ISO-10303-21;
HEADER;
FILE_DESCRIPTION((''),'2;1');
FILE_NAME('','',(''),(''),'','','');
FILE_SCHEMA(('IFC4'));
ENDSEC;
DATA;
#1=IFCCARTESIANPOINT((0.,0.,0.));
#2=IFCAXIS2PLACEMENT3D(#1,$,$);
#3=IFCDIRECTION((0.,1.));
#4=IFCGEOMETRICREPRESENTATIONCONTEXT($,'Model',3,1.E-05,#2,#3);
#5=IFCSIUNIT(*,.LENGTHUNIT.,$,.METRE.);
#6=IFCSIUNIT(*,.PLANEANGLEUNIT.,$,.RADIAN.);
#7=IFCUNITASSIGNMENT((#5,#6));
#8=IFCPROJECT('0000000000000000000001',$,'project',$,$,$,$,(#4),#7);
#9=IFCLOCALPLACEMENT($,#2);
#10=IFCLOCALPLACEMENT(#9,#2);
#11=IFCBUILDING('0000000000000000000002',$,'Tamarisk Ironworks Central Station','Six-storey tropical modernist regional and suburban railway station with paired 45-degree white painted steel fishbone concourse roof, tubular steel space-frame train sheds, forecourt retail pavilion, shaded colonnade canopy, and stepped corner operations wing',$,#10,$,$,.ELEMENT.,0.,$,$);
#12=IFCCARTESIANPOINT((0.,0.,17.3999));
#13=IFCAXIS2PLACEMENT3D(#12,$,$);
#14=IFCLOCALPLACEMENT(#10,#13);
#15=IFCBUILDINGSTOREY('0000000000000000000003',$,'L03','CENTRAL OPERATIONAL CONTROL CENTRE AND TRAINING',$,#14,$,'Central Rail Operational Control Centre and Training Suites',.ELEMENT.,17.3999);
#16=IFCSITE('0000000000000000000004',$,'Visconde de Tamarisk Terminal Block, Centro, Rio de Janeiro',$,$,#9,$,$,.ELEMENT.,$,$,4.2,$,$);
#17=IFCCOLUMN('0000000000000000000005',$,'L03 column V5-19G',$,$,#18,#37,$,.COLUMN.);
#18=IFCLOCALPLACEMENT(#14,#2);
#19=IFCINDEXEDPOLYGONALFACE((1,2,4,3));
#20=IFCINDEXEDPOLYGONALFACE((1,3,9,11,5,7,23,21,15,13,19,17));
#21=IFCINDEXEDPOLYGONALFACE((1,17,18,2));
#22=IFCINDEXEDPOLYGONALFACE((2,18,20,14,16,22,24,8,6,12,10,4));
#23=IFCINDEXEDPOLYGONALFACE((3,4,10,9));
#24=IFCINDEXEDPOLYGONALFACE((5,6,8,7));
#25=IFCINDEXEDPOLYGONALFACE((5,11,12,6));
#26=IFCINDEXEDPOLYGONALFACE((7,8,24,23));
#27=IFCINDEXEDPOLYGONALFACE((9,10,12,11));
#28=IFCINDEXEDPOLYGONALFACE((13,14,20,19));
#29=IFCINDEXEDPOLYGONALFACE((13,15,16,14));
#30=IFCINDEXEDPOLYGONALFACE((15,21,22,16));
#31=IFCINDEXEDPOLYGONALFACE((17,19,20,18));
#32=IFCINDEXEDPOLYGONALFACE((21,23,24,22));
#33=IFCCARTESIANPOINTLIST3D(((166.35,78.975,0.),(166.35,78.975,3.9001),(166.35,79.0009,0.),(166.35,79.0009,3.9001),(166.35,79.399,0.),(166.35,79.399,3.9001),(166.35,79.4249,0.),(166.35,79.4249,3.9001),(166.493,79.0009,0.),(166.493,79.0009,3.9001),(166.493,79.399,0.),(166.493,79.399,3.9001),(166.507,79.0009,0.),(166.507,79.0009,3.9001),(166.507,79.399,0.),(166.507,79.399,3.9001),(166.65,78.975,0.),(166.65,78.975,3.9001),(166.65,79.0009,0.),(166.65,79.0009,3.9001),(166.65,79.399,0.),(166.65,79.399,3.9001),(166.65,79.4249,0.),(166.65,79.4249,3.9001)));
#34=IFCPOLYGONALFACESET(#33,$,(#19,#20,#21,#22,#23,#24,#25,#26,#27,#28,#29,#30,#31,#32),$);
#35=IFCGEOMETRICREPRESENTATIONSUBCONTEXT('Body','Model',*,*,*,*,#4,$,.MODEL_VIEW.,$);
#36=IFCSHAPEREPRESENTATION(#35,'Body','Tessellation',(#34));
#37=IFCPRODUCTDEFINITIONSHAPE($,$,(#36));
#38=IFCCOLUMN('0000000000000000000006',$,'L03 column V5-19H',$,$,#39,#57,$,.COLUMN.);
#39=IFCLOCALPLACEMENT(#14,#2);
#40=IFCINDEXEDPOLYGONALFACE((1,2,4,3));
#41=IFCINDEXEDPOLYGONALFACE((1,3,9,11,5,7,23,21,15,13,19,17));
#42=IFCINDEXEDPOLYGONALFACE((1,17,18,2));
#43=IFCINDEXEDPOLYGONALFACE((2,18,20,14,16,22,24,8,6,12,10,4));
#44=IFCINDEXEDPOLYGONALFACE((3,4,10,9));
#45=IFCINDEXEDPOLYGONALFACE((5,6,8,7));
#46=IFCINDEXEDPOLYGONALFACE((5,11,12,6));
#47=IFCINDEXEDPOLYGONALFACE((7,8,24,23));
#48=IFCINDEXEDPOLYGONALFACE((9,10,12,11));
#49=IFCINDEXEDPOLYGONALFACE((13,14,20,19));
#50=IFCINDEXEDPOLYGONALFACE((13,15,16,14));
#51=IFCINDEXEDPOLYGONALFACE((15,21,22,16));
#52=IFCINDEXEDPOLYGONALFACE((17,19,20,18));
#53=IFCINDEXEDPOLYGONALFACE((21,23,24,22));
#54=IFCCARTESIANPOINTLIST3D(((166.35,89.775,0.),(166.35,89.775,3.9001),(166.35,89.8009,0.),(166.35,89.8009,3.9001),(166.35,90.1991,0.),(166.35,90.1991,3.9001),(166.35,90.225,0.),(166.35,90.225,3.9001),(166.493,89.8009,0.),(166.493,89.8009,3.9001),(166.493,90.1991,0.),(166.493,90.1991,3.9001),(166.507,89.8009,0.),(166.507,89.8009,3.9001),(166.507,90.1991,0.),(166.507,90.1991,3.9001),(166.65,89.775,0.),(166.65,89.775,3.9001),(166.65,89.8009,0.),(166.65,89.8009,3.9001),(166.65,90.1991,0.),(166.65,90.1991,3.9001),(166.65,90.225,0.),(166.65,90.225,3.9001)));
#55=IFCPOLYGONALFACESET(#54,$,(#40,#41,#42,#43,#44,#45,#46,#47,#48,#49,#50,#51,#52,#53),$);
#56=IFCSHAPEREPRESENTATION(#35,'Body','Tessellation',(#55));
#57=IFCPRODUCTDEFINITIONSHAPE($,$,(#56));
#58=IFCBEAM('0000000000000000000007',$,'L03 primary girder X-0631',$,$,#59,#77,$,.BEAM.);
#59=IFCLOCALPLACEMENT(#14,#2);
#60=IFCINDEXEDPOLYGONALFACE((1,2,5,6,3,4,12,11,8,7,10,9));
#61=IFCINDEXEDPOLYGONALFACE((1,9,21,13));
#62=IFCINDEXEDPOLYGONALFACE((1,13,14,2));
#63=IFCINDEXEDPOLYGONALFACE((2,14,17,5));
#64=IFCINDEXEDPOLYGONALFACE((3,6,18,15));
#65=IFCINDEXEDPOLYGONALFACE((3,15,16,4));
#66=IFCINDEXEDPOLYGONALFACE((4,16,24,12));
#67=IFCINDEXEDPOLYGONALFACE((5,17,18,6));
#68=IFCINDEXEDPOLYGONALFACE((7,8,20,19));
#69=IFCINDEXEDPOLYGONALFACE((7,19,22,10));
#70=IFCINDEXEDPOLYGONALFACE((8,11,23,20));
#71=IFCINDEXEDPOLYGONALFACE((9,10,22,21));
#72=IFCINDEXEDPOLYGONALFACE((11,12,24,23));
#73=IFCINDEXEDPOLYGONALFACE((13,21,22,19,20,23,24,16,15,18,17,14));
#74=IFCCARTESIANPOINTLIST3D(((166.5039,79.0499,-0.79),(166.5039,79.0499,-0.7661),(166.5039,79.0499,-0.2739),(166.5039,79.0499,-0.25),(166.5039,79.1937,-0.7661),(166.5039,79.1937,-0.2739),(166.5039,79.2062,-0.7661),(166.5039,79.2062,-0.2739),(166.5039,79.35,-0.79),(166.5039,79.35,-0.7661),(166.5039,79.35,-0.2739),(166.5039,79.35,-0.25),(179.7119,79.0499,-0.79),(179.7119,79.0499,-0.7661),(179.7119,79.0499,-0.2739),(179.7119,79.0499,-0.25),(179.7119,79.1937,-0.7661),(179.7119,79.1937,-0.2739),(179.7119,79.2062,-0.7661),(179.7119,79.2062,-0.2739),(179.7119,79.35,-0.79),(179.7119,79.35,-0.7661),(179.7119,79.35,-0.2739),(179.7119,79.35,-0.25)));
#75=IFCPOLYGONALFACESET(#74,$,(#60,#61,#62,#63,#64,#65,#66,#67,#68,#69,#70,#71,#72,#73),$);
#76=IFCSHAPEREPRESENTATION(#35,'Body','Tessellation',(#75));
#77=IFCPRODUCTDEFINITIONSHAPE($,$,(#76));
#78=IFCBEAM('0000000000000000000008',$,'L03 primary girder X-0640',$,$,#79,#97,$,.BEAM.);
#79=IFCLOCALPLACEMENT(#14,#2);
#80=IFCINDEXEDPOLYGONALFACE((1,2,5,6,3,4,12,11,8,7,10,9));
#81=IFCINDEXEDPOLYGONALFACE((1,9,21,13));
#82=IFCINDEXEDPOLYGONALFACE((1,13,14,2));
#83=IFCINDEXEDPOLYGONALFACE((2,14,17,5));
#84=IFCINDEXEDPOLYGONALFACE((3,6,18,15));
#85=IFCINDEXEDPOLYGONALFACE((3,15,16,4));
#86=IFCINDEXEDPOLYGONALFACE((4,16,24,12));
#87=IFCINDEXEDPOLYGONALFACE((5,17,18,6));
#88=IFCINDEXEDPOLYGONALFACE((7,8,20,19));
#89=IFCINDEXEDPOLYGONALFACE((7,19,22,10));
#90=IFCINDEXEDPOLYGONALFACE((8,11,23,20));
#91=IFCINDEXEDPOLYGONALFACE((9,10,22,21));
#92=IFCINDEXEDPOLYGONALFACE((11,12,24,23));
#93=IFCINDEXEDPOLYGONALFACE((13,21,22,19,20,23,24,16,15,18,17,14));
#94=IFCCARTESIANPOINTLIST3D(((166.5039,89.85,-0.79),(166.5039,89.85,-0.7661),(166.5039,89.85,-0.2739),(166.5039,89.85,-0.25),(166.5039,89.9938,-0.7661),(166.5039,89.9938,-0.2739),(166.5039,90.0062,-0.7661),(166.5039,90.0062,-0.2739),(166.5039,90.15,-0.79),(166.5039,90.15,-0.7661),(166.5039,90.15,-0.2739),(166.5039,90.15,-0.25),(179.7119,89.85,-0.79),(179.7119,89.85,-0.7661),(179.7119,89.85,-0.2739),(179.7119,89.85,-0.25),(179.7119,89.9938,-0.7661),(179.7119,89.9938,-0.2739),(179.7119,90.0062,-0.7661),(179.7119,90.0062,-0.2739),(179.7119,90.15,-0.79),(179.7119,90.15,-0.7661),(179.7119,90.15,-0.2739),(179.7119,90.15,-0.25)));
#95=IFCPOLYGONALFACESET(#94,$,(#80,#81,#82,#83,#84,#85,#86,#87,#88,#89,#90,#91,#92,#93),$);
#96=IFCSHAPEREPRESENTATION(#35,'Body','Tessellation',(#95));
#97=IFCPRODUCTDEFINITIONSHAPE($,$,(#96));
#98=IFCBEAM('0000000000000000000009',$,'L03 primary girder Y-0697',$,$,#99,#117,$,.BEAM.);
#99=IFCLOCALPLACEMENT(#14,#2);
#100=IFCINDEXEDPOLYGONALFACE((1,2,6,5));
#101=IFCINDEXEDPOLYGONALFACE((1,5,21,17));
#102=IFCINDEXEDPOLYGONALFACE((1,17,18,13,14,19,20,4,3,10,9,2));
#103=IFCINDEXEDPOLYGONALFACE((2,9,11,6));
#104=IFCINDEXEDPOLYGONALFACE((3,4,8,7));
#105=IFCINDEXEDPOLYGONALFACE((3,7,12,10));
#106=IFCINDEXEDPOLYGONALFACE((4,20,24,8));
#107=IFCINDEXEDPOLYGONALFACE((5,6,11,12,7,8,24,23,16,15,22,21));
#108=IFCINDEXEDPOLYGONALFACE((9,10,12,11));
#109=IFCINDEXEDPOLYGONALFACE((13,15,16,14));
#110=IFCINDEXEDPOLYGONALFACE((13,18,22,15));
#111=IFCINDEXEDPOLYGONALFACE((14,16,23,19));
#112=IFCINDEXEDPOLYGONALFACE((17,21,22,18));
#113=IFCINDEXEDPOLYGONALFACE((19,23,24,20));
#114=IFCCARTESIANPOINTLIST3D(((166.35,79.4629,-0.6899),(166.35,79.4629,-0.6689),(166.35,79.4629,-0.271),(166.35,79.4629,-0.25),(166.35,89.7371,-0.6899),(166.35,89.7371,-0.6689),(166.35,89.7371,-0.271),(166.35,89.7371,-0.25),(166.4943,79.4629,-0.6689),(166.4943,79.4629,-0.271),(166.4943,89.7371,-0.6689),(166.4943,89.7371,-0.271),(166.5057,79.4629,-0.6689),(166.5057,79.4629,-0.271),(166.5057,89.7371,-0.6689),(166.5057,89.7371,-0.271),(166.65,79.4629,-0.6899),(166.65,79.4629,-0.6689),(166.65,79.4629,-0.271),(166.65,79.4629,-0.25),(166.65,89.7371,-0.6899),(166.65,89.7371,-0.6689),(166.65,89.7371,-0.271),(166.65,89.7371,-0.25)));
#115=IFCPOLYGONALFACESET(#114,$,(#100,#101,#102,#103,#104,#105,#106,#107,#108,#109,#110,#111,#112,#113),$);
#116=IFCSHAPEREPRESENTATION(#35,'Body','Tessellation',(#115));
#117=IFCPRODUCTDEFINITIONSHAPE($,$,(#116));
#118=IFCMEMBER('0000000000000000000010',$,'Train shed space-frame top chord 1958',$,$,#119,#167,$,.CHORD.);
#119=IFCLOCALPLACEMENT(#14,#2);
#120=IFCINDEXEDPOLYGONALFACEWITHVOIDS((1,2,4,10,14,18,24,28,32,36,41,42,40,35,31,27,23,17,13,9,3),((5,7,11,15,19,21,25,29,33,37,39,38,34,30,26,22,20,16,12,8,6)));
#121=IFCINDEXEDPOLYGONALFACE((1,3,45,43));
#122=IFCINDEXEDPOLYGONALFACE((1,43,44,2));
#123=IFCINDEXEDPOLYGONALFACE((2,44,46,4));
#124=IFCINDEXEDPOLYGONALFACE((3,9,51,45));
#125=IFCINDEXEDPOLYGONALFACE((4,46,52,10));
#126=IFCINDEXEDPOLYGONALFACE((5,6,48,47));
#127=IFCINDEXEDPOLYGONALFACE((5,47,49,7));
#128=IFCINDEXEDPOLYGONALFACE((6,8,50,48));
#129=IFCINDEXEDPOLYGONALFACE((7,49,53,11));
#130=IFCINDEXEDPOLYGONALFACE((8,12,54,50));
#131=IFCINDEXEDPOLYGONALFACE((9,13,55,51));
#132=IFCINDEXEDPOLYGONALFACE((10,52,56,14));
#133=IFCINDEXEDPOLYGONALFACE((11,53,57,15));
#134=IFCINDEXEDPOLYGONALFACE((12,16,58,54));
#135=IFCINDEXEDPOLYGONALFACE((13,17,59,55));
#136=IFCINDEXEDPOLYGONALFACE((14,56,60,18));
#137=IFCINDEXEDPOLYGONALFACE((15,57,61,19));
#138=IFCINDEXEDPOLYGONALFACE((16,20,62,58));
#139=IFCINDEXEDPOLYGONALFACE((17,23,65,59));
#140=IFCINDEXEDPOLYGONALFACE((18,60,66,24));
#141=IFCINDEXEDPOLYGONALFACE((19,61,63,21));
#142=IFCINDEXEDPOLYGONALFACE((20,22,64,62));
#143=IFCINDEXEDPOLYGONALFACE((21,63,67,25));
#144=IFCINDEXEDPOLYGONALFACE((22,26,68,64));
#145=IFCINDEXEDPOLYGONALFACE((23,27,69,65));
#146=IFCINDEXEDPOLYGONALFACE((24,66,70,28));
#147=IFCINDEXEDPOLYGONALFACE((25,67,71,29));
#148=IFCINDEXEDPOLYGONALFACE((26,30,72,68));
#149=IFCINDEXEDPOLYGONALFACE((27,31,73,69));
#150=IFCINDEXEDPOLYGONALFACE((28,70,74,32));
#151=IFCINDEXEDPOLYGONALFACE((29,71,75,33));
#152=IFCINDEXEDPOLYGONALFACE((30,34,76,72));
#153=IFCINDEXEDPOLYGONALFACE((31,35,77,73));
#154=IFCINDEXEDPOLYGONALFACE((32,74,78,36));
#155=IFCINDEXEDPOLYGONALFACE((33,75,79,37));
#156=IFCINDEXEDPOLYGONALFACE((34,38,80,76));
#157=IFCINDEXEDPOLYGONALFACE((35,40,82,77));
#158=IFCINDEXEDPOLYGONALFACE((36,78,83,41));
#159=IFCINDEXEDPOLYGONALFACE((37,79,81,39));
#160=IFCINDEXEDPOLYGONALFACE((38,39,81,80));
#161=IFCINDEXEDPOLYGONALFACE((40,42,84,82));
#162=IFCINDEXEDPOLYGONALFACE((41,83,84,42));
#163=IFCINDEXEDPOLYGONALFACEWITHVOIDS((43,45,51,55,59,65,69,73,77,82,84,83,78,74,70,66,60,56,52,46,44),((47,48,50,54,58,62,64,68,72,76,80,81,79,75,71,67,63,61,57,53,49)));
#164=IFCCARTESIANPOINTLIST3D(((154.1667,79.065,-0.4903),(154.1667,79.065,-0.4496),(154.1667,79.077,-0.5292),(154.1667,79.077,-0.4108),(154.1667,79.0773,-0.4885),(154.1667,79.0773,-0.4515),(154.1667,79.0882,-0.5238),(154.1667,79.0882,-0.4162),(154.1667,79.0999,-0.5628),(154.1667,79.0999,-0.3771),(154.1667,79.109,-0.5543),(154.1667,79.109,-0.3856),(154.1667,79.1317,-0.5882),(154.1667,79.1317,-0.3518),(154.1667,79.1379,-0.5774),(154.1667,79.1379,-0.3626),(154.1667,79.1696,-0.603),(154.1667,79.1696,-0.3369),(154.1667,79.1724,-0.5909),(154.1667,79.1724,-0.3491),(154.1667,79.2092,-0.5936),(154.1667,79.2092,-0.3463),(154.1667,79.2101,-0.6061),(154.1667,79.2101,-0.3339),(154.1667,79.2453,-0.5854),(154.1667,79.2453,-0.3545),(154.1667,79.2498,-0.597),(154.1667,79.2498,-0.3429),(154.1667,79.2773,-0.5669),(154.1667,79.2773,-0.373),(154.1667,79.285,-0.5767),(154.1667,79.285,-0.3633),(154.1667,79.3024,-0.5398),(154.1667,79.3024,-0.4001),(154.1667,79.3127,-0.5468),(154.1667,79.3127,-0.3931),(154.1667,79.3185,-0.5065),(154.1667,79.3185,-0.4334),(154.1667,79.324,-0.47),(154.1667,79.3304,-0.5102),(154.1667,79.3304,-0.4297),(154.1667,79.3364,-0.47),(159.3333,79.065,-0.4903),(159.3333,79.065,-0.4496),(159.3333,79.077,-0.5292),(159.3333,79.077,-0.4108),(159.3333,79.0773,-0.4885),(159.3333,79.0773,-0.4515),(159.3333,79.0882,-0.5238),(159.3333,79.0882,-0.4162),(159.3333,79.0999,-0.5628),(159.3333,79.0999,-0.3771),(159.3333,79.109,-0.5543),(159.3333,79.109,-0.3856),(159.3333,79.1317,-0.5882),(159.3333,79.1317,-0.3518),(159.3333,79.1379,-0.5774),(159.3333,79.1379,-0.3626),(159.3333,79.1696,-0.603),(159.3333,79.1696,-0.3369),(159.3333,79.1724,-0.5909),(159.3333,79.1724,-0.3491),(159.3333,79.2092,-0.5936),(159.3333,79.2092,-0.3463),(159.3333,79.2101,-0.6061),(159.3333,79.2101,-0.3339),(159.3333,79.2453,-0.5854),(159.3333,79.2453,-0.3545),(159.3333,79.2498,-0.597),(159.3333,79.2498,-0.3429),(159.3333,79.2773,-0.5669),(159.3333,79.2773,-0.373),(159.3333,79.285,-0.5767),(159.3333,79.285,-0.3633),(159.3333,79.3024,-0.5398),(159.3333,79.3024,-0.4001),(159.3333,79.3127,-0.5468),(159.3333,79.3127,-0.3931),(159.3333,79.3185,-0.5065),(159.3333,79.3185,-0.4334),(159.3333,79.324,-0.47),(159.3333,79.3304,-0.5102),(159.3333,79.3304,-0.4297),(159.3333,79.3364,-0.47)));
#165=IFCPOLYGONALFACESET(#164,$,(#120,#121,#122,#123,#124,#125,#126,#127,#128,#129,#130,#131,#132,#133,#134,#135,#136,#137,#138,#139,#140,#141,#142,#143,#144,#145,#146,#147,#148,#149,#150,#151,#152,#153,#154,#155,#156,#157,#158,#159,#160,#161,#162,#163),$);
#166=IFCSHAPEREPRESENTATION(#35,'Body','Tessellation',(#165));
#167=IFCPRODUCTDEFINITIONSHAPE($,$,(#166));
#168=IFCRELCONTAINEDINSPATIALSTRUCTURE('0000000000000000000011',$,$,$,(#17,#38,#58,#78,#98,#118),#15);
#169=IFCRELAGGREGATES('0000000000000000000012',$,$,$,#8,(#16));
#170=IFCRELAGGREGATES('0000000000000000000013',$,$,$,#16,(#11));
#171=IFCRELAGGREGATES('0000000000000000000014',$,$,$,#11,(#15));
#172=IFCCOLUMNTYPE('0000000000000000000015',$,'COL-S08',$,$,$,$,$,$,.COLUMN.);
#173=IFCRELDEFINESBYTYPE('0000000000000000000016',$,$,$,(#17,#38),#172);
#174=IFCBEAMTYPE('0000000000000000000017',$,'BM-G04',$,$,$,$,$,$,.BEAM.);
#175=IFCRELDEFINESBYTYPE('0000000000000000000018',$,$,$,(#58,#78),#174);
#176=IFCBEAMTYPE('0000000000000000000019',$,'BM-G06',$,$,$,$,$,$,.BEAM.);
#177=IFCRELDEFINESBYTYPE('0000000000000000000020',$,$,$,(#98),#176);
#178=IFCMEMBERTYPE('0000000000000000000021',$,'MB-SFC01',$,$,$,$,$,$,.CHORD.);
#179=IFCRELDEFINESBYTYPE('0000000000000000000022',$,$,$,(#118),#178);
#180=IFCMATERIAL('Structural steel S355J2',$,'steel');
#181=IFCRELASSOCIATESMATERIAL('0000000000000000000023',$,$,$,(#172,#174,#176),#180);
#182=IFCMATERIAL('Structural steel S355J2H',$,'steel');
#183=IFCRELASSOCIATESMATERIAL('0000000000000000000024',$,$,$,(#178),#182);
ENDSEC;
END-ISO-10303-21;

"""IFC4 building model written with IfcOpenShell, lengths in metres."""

from ifc_helpers import new_model, si_unit, direction, frame, origin, origin_2d, place, context, subcontext, project, spatial, hollow_circle, i_section, extrude, material, material_profile, profile_set, type_object, element, save


model = new_model("IFC4")

# Units and contexts
model_context = context("Model", 3, precision=1e-05, world=origin(), true_north=direction((0.0, 1.0)))
body_context = subcontext(model_context, "Body", "Model", "MODEL_VIEW")
ifc_project = project(units=[si_unit("LENGTHUNIT", "METRE"), si_unit("PLANEANGLEUNIT", "RADIAN")], contexts=[model_context])

# Site, building, storey
site_placement = place(None, origin())
site = spatial("IfcSite", under=ifc_project, at=site_placement, Name="Visconde de Tamarisk Terminal Block, Centro, Rio de Janeiro", CompositionType="ELEMENT", RefElevation=4.2)
building_placement = place(site_placement, origin())
building = spatial("IfcBuilding", under=site, at=building_placement, Name="Tamarisk Ironworks Central Station", Description="Six-storey tropical modernist regional and suburban railway station with paired 45-degree white painted steel fishbone concourse roof, tubular steel space-frame train sheds, forecourt retail pavilion, shaded colonnade canopy, and stepped corner operations wing", CompositionType="ELEMENT", ElevationOfRefHeight=0.0)
storey_placement = place(building_placement, frame((0.0, 0.0, 17.3999)))
storey = spatial("IfcBuildingStorey", under=building, at=storey_placement, Name="L03", Description="CENTRAL OPERATIONAL CONTROL CENTRE AND TRAINING", LongName="Central Rail Operational Control Centre and Training Suites", CompositionType="ELEMENT", Elevation=17.3999)

# Columns
ifc_material_1 = material(Name="Structural steel S355J2", Category="steel")
ifc_material_profile_1 = material_profile(ifc_material_1, i_section(OverallWidth=0.3, OverallDepth=0.45, WebThickness=0.0139, FlangeThickness=0.0259, at=origin_2d()), Name="HEB 450")
ifc_profile_set_1 = profile_set([ifc_material_profile_1], Name="Structural steel S355J2")
column_type = type_object("IfcColumnType", Name="COL-S08", PredefinedType="COLUMN", material=ifc_profile_set_1)
for number, where, z_axis, x_axis, name in (
    (1, (166.5, 79.2, 0.0), (0.0, 0.0, 1.0), (1.0, 0.0, 0.0), "L03 column V5-19G"),
    (2, (166.5, 90.0, 0.0), (0.0, 0.0, 1.0), (1.0, 0.0, 0.0), "L03 column V5-19H"),
):
    element("IfcColumn", number, at=place(storey_placement, frame(where, z_axis=z_axis, x_axis=x_axis)), inside=storey, type_object=column_type, Name=name, PredefinedType="COLUMN", context=body_context, shape_type="SweptSolid", body=[
        extrude(i_section(OverallWidth=0.3, OverallDepth=0.45, WebThickness=0.0139, FlangeThickness=0.0259, at=origin_2d()), origin(), (0.0, 0.0, 1.0), 3.9001),
    ])

# Beams
ifc_material_profile_2 = material_profile(ifc_material_1, i_section(OverallWidth=0.3, OverallDepth=0.54, WebThickness=0.0125, FlangeThickness=0.0239, at=origin_2d()), Name="HEA 550")
ifc_profile_set_2 = profile_set([ifc_material_profile_2], Name="Structural steel S355J2")
beam_type_1 = type_object("IfcBeamType", Name="BM-G04", PredefinedType="BEAM", material=ifc_profile_set_2)
for number, where, z_axis, x_axis, name in (
    (3, (166.5039, 79.2, -0.52), (1.0, 0.0, 0.0), (0.0, 1.0, 0.0), "L03 primary girder X-0631"),
    (4, (166.5039, 90.0, -0.52), (1.0, 0.0, 0.0), (0.0, 1.0, 0.0), "L03 primary girder X-0640"),
):
    element("IfcBeam", number, at=place(storey_placement, frame(where, z_axis=z_axis, x_axis=x_axis)), inside=storey, type_object=beam_type_1, Name=name, PredefinedType="BEAM", context=body_context, shape_type="SweptSolid", body=[
        extrude(i_section(OverallWidth=0.3, OverallDepth=0.54, WebThickness=0.0125, FlangeThickness=0.0239, at=origin_2d()), origin(), (0.0, 0.0, 1.0), 13.208),
    ])
ifc_material_profile_3 = material_profile(ifc_material_1, i_section(OverallWidth=0.3, OverallDepth=0.4399, WebThickness=0.0115, FlangeThickness=0.021, at=origin_2d()), Name="HEA 450")
ifc_profile_set_3 = profile_set([ifc_material_profile_3], Name="Structural steel S355J2")
beam_type_2 = type_object("IfcBeamType", Name="BM-G06", PredefinedType="BEAM", material=ifc_profile_set_3)
beam_placement = place(storey_placement, frame((166.5, 79.4629, -0.47), z_axis=(0.0, 1.0, 0.0), x_axis=(-1.0, 0.0, 0.0)))
element("IfcBeam", 5, at=beam_placement, inside=storey, type_object=beam_type_2, Name="L03 primary girder Y-0697", PredefinedType="BEAM", context=body_context, shape_type="SweptSolid", body=[
    extrude(i_section(OverallWidth=0.3, OverallDepth=0.4399, WebThickness=0.0115, FlangeThickness=0.021, at=origin_2d()), origin(), (0.0, 0.0, 1.0), 10.2742),
])

# Member
ifc_material_2 = material(Name="Structural steel S355J2H", Category="steel")
ifc_material_profile_4 = material_profile(ifc_material_2, hollow_circle(Radius=0.1365, WallThickness=0.0125, at=origin_2d()), Name="CHS 273x12.5")
ifc_profile_set_4 = profile_set([ifc_material_profile_4], Name="Structural steel S355J2H")
member_type_1 = type_object("IfcMemberType", Name="MB-SFC01", PredefinedType="CHORD", material=ifc_profile_set_4)
member_1_placement = place(storey_placement, frame((154.1667, 79.2, -0.47), z_axis=(1.0, 0.0, 0.0), x_axis=(0.0, 1.0, 0.0)))
element("IfcMember", 6, at=member_1_placement, inside=storey, type_object=member_type_1, Name="Train shed space-frame top chord 1958", PredefinedType="CHORD", context=body_context, shape_type="SweptSolid", body=[
    extrude(hollow_circle(Radius=0.1365, WallThickness=0.0125, at=origin_2d()), origin(), (0.0, 0.0, 1.0), 5.1665),
])

save(model, "model.ifc")
